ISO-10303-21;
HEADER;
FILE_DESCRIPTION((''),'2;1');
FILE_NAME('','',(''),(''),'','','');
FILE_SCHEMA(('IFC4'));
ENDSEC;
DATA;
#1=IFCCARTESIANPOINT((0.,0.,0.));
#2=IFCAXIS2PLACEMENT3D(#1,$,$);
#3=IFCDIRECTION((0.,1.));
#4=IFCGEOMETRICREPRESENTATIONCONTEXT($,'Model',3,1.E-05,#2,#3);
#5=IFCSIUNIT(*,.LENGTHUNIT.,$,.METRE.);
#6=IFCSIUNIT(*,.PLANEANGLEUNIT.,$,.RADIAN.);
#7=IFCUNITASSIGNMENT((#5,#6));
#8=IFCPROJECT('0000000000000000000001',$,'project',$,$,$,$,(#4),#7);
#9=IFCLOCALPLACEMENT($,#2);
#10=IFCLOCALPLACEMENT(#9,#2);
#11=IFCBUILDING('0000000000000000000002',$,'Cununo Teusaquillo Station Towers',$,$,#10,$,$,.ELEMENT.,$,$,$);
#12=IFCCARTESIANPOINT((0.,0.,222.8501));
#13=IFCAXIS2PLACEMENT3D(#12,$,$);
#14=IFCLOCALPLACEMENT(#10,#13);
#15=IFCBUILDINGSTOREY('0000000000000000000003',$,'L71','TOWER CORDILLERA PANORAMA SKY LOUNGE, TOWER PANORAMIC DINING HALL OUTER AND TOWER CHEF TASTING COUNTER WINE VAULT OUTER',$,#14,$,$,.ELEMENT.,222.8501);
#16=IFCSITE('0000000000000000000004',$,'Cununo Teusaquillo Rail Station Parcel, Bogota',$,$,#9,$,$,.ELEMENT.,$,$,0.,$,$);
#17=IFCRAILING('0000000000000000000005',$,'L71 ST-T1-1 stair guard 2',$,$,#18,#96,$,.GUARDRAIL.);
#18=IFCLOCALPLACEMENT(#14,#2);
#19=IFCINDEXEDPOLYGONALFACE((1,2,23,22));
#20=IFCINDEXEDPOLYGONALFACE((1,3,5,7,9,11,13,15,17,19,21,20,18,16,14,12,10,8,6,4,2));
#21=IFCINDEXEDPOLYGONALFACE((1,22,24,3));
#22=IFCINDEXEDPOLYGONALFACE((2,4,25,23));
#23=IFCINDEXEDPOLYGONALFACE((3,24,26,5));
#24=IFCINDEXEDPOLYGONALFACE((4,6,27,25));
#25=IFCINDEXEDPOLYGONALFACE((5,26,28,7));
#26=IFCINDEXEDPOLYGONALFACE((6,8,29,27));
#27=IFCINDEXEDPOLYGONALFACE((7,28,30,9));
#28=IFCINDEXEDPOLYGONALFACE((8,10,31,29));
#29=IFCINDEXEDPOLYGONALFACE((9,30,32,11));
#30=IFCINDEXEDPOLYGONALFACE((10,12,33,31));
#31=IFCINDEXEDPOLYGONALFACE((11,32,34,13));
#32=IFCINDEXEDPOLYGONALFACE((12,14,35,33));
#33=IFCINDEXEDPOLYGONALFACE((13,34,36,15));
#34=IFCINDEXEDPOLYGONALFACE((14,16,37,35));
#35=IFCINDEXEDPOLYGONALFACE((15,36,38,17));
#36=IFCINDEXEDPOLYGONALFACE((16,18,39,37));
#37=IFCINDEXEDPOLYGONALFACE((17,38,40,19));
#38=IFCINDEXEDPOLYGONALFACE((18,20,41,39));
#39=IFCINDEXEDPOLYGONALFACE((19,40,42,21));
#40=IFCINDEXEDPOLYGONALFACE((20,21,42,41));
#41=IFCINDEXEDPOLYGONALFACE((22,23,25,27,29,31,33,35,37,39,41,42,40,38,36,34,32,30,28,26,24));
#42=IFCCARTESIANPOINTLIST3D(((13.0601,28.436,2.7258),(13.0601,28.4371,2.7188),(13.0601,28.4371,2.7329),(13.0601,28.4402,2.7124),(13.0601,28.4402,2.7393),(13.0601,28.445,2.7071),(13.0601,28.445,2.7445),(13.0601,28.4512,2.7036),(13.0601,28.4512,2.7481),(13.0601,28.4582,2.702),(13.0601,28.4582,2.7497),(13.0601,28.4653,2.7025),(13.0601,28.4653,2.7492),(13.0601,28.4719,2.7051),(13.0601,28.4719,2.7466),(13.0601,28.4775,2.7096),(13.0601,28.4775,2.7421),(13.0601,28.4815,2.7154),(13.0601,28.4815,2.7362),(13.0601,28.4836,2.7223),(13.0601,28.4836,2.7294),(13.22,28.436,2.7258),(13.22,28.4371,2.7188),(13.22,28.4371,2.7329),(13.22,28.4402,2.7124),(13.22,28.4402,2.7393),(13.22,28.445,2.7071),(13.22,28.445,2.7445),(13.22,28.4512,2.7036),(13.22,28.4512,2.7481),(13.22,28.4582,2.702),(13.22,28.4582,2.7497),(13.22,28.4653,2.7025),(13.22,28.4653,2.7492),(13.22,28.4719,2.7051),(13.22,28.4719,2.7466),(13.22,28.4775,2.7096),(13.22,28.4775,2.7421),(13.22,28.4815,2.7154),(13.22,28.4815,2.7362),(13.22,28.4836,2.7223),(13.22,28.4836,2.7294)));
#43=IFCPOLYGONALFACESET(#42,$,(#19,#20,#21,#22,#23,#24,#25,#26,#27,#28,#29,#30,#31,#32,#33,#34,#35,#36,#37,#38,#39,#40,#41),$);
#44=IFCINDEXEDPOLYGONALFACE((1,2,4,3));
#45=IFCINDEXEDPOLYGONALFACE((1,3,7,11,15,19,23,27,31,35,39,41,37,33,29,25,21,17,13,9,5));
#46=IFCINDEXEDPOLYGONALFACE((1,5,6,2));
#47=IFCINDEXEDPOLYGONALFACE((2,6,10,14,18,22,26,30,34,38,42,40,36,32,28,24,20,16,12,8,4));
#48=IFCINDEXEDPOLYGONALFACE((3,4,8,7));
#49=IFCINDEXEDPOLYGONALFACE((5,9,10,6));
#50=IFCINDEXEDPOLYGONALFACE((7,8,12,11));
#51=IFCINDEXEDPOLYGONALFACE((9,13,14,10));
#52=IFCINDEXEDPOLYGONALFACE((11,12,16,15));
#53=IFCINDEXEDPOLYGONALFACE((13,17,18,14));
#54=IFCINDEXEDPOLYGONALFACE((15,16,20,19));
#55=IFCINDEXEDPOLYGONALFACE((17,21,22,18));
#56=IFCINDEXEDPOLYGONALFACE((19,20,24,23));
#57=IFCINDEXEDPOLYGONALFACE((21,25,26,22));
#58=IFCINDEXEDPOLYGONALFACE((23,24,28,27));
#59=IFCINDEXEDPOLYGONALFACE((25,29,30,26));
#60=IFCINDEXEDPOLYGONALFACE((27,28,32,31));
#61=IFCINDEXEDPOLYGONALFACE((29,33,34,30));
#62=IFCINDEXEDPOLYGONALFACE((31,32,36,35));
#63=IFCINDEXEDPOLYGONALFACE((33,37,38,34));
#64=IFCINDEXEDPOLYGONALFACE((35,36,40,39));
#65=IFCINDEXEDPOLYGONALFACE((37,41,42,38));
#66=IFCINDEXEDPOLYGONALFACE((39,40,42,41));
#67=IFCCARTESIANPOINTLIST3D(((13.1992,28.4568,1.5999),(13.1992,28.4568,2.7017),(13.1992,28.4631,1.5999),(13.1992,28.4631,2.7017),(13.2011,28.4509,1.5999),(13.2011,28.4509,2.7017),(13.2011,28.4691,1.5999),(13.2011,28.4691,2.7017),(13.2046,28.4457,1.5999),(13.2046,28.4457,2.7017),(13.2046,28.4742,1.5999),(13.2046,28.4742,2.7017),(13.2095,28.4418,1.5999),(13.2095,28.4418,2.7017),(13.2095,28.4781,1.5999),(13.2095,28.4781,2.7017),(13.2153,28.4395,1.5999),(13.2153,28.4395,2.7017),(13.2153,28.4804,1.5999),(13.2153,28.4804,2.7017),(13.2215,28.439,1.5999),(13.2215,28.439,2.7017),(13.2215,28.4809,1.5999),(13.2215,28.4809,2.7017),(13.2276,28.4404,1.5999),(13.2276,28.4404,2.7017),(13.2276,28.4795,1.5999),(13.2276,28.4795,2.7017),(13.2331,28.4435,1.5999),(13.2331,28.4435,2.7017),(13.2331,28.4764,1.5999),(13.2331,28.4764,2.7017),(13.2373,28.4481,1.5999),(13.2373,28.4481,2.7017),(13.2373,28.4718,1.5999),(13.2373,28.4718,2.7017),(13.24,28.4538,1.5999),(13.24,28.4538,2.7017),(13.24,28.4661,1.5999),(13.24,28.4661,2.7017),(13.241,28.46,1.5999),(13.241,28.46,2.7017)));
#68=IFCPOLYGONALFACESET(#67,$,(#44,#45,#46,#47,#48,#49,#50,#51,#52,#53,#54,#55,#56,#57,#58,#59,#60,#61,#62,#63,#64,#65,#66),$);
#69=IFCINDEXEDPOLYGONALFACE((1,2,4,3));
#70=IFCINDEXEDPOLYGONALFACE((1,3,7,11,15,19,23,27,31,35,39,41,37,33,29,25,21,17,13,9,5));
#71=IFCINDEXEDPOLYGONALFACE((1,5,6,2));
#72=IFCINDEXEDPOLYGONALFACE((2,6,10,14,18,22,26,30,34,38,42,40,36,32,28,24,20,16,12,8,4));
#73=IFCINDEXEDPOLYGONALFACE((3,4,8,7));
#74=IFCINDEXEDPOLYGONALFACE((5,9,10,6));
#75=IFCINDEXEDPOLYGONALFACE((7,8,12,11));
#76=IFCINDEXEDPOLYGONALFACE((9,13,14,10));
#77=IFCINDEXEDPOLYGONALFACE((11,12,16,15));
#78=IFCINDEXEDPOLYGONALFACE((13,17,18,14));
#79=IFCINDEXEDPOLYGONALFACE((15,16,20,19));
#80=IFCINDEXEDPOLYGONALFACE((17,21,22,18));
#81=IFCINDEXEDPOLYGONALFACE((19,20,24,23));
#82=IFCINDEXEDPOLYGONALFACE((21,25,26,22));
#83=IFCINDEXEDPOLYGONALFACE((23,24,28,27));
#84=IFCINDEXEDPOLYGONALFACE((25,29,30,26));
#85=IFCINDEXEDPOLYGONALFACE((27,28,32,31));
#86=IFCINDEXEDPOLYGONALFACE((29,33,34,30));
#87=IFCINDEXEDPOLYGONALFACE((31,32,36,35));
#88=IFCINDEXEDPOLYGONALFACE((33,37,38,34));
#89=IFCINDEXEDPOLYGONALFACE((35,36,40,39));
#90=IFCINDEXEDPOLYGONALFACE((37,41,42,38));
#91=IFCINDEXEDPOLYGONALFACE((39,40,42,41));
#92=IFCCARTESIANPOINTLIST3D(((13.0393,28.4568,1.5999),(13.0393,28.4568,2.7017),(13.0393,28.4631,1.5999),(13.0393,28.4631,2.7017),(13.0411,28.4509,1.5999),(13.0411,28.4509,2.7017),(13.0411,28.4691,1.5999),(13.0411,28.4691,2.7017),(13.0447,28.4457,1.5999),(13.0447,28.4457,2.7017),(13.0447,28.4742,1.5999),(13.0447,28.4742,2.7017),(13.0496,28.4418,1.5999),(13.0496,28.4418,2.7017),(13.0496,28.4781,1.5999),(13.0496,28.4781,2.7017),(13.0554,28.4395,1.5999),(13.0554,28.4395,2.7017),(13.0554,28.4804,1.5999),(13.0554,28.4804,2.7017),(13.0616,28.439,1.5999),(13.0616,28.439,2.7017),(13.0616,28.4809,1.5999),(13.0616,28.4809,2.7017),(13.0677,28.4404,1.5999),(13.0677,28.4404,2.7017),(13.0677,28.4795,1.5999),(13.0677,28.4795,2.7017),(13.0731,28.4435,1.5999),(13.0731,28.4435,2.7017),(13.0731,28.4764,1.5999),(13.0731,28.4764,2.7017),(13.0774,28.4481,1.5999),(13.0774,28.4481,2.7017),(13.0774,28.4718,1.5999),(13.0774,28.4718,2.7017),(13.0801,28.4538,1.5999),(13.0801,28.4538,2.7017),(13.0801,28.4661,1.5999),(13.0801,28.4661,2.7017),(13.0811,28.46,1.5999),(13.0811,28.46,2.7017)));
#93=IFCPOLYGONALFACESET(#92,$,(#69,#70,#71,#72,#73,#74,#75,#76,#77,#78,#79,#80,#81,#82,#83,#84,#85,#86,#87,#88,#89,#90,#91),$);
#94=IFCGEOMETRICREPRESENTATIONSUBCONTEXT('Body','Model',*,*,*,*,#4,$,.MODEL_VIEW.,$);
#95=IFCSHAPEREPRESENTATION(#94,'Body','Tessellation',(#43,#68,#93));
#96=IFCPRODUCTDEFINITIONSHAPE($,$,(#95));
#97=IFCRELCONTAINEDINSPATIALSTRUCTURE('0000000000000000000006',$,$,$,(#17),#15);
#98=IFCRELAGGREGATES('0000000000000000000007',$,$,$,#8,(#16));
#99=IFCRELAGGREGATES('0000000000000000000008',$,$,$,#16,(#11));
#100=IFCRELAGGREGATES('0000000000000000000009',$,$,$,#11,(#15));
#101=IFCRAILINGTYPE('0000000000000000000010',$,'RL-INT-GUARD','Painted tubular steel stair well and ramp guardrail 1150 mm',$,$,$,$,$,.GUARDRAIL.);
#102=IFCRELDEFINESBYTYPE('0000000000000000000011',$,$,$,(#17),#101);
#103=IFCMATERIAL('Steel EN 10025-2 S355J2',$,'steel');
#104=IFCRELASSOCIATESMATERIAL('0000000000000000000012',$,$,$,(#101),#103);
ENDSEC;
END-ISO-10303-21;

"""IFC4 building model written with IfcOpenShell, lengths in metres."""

from ifc_helpers import new_model, si_unit, direction, frame, origin, origin_2d, place, context, subcontext, project, spatial, circle, extrude, material, type_object, element, save


model = new_model("IFC4")

# Units and contexts
model_context = context("Model", 3, precision=1e-05, world=origin(), true_north=direction((0.0, 1.0)))
body_context = subcontext(model_context, "Body", "Model", "MODEL_VIEW")
ifc_project = project(units=[si_unit("LENGTHUNIT", "METRE"), si_unit("PLANEANGLEUNIT", "RADIAN")], contexts=[model_context])

# Site, building, storey
site_placement = place(None, origin())
site = spatial("IfcSite", under=ifc_project, at=site_placement, Name="Cununo Teusaquillo Rail Station Parcel, Bogota", CompositionType="ELEMENT", RefElevation=0.0)
building_placement = place(site_placement, origin())
building = spatial("IfcBuilding", under=site, at=building_placement, Name="Cununo Teusaquillo Station Towers", CompositionType="ELEMENT")
storey_placement = place(building_placement, frame((0.0, 0.0, 222.8501)))
storey = spatial("IfcBuildingStorey", under=building, at=storey_placement, Name="L71", Description="TOWER CORDILLERA PANORAMA SKY LOUNGE, TOWER PANORAMIC DINING HALL OUTER AND TOWER CHEF TASTING COUNTER WINE VAULT OUTER", CompositionType="ELEMENT", Elevation=222.8501)

# Railing
ifc_material_1 = material(Name="Steel EN 10025-2 S355J2", Category="steel")
railing_type_1 = type_object("IfcRailingType", Name="RL-INT-GUARD", Description="Painted tubular steel stair well and ramp guardrail 1150 mm", PredefinedType="GUARDRAIL", material=ifc_material_1)
railing_1_placement = place(storey_placement, frame((13.22, 28.46, 1.5999)))
element("IfcRailing", 1, at=railing_1_placement, inside=storey, type_object=railing_type_1, Name="L71 ST-T1-1 stair guard 2", PredefinedType="GUARDRAIL", context=body_context, shape_type="SweptSolid", body=[
    extrude(circle(Radius=0.0239, at=origin_2d()), frame((0.0, 0.0, 1.126), z_axis=(-1.0, 0.0, 0.0), x_axis=(0.0, -1.0, 0.0)), (0.0, 0.0, 1.0), 0.1599),
    extrude(circle(Radius=0.021, at=origin_2d()), origin(), (0.0, 0.0, 1.0), 1.1018),
    extrude(circle(Radius=0.021, at=origin_2d()), frame((-0.1599, 0.0, 0.0)), (0.0, 0.0, 1.0), 1.1018),
])

save(model, "model.ifc")
